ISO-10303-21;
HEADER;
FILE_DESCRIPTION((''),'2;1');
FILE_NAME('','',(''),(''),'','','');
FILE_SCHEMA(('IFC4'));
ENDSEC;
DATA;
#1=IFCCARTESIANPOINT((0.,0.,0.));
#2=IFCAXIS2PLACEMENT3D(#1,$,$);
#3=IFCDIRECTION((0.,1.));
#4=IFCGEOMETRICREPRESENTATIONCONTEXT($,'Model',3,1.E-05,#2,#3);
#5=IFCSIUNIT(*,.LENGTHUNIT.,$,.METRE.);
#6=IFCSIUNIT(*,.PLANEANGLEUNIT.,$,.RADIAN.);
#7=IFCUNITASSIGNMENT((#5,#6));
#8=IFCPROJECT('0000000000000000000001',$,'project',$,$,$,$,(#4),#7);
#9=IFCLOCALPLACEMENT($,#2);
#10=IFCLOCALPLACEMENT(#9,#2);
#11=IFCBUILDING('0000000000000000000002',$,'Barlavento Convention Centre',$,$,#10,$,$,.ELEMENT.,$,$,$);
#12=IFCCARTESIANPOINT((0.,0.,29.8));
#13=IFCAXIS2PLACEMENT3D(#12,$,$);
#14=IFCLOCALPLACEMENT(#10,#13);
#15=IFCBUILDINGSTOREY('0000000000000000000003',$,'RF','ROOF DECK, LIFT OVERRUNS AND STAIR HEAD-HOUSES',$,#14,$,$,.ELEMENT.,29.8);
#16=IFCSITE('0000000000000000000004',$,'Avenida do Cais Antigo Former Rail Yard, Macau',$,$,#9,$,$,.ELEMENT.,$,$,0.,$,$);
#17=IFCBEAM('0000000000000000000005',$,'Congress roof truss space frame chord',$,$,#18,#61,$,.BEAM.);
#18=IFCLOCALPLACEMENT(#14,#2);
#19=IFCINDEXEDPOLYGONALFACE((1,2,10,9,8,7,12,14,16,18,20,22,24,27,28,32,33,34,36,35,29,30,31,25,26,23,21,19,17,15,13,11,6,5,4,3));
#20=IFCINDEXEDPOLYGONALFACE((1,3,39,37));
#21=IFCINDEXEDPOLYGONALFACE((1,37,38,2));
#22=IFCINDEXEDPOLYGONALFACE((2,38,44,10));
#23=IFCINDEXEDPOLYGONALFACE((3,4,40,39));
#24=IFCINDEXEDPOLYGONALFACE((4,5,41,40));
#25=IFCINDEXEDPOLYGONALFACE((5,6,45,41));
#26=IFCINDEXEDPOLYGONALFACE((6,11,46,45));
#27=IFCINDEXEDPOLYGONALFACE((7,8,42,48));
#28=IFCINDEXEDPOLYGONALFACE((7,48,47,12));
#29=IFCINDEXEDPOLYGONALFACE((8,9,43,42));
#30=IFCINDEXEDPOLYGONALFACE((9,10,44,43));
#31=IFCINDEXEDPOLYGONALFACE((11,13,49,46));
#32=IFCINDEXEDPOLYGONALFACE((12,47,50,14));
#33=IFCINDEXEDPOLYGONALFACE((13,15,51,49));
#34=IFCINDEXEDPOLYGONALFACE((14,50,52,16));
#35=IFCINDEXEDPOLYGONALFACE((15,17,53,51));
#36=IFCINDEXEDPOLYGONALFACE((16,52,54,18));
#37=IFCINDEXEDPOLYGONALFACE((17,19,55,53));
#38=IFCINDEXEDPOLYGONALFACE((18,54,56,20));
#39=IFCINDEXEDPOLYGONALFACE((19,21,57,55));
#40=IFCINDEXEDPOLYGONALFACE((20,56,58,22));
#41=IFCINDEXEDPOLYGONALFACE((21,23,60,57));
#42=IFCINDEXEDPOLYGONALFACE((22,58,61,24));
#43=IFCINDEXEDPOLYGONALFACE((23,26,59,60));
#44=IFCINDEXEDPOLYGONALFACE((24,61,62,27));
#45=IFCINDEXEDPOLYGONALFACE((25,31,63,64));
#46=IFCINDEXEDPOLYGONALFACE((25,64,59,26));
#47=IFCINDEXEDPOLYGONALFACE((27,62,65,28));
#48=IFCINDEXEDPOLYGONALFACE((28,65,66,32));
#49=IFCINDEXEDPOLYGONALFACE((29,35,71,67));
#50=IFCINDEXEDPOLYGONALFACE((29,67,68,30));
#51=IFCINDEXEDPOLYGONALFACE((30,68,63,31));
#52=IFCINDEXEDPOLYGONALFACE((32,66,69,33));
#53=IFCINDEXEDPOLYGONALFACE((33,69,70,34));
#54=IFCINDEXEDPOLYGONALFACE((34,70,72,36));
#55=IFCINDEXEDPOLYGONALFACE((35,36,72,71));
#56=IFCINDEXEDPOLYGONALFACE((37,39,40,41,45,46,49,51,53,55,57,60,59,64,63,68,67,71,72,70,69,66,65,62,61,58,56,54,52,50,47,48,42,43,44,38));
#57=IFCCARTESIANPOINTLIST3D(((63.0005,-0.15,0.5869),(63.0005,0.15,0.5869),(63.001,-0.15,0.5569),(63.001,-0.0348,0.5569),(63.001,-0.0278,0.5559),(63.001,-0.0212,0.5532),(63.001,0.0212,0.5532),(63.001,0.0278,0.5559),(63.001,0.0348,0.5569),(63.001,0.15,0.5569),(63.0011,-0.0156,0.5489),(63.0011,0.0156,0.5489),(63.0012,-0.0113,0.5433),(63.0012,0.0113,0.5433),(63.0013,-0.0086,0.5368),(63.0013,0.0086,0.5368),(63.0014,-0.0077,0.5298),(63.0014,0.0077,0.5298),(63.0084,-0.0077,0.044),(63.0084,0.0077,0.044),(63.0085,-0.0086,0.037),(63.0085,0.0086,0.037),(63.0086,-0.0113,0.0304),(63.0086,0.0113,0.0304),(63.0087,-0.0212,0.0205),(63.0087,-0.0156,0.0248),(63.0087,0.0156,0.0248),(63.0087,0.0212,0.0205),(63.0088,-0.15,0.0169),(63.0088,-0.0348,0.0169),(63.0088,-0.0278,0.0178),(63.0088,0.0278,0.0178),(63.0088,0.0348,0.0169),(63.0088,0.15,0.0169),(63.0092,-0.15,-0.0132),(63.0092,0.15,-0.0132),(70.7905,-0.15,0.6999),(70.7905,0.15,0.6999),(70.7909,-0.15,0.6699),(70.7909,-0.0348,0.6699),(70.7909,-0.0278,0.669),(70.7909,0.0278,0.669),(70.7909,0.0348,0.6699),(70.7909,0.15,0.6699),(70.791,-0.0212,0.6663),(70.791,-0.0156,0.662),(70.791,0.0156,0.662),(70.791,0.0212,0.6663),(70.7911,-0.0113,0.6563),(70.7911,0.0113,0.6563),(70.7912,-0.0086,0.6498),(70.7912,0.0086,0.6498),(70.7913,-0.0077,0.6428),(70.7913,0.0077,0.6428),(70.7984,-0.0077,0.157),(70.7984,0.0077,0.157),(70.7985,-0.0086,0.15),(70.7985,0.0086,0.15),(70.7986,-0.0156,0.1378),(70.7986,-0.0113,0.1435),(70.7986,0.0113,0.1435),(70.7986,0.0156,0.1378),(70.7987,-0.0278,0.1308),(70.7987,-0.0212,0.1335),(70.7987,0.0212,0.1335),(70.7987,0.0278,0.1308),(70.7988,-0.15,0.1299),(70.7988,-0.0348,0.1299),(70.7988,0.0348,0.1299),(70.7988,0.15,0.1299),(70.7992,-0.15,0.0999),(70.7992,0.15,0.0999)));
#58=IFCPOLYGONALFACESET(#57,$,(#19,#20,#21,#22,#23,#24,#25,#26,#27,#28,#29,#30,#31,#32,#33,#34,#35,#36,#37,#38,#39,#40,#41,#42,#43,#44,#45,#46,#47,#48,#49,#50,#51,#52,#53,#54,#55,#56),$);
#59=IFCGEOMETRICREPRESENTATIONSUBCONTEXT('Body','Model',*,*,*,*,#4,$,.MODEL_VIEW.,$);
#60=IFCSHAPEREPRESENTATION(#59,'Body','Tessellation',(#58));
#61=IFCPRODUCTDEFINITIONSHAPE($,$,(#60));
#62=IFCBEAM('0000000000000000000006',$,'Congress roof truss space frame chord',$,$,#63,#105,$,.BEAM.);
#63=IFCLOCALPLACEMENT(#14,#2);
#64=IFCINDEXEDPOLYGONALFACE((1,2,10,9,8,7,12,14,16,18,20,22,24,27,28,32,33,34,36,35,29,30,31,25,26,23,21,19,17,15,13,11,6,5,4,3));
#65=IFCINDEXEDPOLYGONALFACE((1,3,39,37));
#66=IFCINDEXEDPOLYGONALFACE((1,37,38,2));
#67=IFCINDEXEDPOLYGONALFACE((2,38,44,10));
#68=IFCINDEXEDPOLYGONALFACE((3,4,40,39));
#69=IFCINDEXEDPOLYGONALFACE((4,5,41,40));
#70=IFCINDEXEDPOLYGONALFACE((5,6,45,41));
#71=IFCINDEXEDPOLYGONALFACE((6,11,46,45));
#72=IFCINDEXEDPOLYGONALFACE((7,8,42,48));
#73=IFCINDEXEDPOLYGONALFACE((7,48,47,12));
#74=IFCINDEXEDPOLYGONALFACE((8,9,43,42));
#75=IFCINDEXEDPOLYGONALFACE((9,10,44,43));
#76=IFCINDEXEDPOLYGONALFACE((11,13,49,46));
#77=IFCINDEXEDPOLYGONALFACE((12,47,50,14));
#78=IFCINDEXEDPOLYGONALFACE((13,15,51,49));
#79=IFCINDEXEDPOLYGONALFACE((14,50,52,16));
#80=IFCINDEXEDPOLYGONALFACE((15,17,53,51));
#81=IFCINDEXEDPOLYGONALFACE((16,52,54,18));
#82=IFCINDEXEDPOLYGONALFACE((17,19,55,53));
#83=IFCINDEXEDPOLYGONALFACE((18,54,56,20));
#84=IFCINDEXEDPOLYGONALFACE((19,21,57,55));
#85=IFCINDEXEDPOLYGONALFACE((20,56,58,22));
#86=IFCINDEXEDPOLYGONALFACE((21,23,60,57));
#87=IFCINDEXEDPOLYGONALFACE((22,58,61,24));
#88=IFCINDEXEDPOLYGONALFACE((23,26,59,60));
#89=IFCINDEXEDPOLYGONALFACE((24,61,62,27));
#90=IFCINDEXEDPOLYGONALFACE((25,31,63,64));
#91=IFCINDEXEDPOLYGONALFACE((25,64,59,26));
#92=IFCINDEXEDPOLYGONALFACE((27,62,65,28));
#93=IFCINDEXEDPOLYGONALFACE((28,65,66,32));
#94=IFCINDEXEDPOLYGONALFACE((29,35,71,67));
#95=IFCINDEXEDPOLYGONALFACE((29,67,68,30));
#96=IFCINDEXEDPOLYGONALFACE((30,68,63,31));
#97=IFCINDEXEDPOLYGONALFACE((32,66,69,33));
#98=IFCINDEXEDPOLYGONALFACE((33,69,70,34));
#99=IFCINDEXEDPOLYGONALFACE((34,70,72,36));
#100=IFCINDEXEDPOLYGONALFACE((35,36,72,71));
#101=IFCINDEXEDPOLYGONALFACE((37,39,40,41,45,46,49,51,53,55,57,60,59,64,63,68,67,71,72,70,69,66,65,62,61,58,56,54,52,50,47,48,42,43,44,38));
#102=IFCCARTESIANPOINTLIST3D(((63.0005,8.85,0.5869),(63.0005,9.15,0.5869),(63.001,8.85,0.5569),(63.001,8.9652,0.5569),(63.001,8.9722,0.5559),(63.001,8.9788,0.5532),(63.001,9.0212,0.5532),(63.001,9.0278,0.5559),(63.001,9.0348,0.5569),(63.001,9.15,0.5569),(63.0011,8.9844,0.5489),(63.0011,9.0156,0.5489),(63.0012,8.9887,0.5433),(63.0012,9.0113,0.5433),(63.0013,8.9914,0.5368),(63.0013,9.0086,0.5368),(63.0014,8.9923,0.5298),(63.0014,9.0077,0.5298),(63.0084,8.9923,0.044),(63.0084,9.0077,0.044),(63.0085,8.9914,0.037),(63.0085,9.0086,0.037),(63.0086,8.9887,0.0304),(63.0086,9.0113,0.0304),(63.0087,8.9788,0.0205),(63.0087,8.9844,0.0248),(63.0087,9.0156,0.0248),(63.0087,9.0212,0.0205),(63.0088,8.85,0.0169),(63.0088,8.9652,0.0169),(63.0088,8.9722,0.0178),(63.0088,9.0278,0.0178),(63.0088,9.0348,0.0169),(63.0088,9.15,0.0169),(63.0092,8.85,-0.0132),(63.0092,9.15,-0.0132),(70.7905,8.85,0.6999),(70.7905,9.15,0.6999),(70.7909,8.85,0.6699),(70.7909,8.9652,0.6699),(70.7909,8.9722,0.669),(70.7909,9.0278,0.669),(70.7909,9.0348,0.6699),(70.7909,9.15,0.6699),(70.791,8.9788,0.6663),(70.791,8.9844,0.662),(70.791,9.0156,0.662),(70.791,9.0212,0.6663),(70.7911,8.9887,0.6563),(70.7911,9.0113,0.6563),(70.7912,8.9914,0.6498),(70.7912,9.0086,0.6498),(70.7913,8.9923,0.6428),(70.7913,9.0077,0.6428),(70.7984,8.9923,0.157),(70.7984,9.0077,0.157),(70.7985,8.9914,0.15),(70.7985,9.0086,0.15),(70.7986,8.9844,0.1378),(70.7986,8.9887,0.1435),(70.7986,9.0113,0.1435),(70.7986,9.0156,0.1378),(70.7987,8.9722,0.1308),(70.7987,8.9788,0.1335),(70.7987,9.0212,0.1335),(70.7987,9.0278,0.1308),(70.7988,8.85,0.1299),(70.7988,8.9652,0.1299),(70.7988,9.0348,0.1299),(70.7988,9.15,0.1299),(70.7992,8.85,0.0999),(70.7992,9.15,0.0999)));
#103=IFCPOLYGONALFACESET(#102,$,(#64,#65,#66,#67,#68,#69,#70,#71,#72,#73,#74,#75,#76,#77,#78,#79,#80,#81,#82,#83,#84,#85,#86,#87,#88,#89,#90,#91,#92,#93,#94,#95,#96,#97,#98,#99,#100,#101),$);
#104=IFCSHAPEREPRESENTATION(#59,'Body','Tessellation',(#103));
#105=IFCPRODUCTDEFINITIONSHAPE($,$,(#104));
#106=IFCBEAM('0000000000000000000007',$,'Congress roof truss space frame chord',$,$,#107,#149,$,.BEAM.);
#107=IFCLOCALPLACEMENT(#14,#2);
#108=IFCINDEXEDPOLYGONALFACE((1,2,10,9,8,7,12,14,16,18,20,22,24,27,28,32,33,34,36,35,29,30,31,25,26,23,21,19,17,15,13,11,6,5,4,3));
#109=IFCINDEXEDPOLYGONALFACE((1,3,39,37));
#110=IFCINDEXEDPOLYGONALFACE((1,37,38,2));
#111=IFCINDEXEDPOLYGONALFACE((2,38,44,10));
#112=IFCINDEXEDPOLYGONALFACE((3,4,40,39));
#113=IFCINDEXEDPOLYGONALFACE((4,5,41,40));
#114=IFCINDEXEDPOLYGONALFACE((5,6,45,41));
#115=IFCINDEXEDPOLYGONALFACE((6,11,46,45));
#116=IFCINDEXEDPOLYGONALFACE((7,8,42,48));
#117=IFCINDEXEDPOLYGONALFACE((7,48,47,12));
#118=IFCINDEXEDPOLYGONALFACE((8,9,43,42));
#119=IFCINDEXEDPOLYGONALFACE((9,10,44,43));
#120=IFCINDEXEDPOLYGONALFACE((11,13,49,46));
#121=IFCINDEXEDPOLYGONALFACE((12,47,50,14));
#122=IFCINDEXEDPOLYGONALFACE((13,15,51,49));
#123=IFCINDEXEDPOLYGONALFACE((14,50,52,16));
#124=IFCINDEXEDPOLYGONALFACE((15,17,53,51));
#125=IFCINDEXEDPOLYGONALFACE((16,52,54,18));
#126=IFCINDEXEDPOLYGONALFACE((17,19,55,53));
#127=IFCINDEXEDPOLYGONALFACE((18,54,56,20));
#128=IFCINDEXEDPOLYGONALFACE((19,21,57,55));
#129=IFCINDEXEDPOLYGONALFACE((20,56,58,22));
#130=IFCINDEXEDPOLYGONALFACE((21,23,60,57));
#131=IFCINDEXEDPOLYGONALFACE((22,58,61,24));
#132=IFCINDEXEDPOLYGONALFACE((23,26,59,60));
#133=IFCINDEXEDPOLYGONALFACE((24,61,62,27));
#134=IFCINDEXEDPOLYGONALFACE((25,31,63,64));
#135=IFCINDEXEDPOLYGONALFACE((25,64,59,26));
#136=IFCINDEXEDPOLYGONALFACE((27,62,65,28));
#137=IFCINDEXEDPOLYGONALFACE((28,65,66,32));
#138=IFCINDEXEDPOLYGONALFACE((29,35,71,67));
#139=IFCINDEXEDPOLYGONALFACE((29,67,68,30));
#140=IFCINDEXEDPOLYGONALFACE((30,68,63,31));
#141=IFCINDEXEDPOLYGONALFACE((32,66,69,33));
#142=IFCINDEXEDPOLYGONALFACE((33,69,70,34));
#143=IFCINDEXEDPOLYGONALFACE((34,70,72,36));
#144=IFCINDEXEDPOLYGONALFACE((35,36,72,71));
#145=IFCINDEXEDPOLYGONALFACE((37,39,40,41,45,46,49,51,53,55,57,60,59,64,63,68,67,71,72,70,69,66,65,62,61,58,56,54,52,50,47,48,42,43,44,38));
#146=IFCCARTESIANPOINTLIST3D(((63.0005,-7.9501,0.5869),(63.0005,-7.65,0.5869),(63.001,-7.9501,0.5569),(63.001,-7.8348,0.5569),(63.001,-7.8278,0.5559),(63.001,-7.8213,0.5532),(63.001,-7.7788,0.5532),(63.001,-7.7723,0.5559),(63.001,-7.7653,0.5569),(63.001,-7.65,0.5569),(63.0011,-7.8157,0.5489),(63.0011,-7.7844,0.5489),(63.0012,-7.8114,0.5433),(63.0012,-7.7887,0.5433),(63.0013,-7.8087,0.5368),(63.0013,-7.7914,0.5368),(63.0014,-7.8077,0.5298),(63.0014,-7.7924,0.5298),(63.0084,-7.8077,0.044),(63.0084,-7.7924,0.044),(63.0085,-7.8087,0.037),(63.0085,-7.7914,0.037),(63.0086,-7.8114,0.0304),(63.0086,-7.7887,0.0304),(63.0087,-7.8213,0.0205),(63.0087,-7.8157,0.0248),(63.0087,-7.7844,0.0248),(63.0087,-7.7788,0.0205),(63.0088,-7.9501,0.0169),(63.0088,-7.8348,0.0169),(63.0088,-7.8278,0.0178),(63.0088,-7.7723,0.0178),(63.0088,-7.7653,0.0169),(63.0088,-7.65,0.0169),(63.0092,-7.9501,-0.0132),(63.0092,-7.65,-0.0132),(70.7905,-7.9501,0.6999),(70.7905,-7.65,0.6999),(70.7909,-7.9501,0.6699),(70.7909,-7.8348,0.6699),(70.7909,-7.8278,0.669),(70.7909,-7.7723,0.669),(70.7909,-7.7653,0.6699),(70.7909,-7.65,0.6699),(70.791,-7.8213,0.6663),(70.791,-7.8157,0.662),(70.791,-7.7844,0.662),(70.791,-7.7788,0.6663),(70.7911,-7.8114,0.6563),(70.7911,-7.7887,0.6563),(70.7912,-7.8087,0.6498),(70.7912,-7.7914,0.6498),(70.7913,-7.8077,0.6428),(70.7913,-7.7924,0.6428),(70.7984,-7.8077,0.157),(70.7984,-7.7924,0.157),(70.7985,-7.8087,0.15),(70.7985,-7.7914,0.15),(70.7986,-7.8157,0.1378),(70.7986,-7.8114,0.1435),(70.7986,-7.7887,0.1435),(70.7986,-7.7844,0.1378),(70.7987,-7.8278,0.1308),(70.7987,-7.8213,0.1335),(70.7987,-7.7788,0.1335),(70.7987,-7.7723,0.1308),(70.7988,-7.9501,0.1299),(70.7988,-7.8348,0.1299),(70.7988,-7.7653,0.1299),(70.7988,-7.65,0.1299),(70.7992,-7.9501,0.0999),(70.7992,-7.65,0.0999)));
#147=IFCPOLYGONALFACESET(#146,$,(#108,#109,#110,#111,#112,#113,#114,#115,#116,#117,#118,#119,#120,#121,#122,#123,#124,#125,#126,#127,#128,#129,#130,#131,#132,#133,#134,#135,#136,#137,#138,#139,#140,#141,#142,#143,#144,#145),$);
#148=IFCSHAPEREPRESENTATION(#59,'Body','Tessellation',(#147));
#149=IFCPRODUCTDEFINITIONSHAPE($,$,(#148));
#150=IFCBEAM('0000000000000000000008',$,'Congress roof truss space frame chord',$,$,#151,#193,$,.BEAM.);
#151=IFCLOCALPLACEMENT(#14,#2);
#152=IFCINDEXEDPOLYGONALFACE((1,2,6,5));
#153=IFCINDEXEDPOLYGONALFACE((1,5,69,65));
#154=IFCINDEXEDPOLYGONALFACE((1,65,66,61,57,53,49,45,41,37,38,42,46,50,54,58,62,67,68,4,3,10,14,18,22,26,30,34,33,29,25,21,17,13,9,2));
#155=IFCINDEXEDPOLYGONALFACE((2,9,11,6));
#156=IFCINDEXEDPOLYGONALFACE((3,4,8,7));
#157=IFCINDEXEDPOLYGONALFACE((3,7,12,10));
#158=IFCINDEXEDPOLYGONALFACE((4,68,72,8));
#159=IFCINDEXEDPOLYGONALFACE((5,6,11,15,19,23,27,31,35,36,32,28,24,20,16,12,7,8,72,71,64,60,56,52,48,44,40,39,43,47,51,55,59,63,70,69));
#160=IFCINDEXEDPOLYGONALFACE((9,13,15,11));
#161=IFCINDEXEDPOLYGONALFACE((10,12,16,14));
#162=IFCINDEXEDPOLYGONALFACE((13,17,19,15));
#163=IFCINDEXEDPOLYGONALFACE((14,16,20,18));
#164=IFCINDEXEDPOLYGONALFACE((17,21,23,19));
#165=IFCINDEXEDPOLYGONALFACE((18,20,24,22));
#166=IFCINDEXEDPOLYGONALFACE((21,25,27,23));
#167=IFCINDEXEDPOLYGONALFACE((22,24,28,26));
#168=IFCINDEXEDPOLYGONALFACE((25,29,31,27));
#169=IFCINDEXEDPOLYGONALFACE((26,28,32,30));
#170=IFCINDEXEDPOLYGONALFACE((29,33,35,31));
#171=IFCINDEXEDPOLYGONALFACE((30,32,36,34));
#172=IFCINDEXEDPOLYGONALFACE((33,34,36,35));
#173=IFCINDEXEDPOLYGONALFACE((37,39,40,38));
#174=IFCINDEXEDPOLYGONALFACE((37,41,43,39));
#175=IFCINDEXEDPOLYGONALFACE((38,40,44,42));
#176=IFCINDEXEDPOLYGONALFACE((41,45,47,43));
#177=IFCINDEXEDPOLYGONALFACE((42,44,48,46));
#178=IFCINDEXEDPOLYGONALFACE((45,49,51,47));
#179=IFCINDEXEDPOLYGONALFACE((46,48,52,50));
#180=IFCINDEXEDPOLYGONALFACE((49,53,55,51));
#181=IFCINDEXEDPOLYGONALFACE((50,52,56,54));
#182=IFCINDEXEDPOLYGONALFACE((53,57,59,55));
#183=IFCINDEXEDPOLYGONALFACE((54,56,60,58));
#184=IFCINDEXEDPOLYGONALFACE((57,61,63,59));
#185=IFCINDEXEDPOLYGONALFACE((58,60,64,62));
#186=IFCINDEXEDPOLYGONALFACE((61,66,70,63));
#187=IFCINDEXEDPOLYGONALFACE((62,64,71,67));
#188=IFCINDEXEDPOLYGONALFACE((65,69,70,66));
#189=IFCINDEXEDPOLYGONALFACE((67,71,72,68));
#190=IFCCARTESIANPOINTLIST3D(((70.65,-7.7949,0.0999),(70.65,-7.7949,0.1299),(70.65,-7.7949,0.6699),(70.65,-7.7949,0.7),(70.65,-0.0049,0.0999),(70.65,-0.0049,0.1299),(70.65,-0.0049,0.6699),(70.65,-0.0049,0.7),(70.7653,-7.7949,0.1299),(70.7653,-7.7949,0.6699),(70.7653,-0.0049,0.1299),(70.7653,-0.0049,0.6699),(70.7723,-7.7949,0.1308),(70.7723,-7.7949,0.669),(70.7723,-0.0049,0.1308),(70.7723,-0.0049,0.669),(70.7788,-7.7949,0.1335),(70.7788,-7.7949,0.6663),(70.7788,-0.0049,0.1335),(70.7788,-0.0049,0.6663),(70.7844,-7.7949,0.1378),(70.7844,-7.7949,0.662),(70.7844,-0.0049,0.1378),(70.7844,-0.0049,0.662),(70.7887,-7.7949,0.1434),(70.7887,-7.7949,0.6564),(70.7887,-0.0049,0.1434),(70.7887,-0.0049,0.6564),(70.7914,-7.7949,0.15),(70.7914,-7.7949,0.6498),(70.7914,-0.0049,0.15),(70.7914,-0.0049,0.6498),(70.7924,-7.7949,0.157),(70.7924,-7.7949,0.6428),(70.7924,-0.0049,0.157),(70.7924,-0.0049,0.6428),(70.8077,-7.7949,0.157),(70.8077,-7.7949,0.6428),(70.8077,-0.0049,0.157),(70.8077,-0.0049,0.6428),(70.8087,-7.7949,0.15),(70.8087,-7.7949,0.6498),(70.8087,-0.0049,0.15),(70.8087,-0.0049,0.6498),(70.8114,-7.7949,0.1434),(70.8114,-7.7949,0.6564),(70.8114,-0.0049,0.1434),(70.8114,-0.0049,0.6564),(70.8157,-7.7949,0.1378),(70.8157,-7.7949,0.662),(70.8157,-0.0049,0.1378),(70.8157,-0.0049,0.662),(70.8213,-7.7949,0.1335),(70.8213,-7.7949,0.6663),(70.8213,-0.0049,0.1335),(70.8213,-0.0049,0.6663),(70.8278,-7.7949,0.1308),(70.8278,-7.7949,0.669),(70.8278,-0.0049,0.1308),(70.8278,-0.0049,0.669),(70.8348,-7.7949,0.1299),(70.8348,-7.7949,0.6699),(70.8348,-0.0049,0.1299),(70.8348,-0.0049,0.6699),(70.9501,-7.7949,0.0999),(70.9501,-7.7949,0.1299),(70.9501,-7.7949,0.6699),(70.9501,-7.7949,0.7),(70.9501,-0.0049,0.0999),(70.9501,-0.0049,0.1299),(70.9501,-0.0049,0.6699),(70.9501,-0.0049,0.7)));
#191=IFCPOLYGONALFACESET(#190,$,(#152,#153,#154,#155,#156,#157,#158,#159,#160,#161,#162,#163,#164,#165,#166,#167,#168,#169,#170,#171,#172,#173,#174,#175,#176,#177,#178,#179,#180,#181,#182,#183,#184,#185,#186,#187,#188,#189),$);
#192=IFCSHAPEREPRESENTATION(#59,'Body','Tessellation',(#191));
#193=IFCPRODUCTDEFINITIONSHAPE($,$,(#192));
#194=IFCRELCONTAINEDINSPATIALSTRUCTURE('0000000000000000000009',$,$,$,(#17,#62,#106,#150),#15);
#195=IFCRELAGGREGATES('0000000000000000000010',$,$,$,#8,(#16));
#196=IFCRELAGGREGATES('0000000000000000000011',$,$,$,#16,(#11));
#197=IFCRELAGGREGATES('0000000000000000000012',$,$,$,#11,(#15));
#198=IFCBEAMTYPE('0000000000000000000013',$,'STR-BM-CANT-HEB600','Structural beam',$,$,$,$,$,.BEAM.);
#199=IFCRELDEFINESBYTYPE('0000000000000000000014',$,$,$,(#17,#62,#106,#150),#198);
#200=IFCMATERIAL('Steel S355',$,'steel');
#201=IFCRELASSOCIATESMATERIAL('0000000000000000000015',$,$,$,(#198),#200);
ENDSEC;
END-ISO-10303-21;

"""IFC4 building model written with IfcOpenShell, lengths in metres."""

from ifc_helpers import new_model, si_unit, direction, frame, origin, origin_2d, place, context, subcontext, project, spatial, i_section, extrude, material, material_profile, profile_set, type_object, element, save


model = new_model("IFC4")

# Units and contexts
model_context = context("Model", 3, precision=1e-05, world=origin(), true_north=direction((0.0, 1.0)))
body_context = subcontext(model_context, "Body", "Model", "MODEL_VIEW")
ifc_project = project(units=[si_unit("LENGTHUNIT", "METRE"), si_unit("PLANEANGLEUNIT", "RADIAN")], contexts=[model_context])

# Site, building, storey
site_placement = place(None, origin())
site = spatial("IfcSite", under=ifc_project, at=site_placement, Name="Avenida do Cais Antigo Former Rail Yard, Macau", CompositionType="ELEMENT", RefElevation=0.0)
building_placement = place(site_placement, origin())
building = spatial("IfcBuilding", under=site, at=building_placement, Name="Barlavento Convention Centre", CompositionType="ELEMENT")
storey_placement = place(building_placement, frame((0.0, 0.0, 29.8)))
storey = spatial("IfcBuildingStorey", under=building, at=storey_placement, Name="RF", Description="ROOF DECK, LIFT OVERRUNS AND STAIR HEAD-HOUSES", CompositionType="ELEMENT", Elevation=29.8)

# Beams
ifc_material_1 = material(Name="Steel S355", Category="steel")
ifc_material_profile_1 = material_profile(ifc_material_1, i_section(OverallWidth=0.3, OverallDepth=0.6001, WebThickness=0.0154, FlangeThickness=0.03, FilletRadius=0.0271, at=origin_2d()), Name="HEB 600")
ifc_profile_set_1 = profile_set([ifc_material_profile_1], Name="Steel S355")
beam_type = type_object("IfcBeamType", Name="STR-BM-CANT-HEB600", Description="Structural beam", PredefinedType="BEAM", material=ifc_profile_set_1)
for number, where, z_axis, x_axis, name in (
    (1, (63.0049, 0.0, 0.2869), (0.999895, 0.0, 0.014509), (0.0, 1.0, 0.0), "Congress roof truss space frame chord"),
    (2, (63.0049, 9.0, 0.2869), (0.999895, 0.0, 0.014509), (0.0, 1.0, 0.0), "Congress roof truss space frame chord"),
    (3, (63.0049, -7.8, 0.2869), (0.999895, 0.0, 0.014509), (0.0, 1.0, 0.0), "Congress roof truss space frame chord"),
):
    element("IfcBeam", number, at=place(storey_placement, frame(where, z_axis=z_axis, x_axis=x_axis)), inside=storey, type_object=beam_type, Name=name, PredefinedType="BEAM", context=body_context, shape_type="SweptSolid", body=[
        extrude(i_section(OverallWidth=0.3, OverallDepth=0.6001, WebThickness=0.0154, FlangeThickness=0.03, FilletRadius=0.0271, at=origin_2d()), origin(), (0.0, 0.0, 1.0), 7.7908),
    ])
beam_1_placement = place(storey_placement, frame((70.8, -7.7949, 0.3999), z_axis=(0.0, 1.0, 0.0), x_axis=(-1.0, 0.0, 0.0)))
element("IfcBeam", 4, at=beam_1_placement, inside=storey, type_object=beam_type, Name="Congress roof truss space frame chord", PredefinedType="BEAM", context=body_context, shape_type="SweptSolid", body=[
    extrude(i_section(OverallWidth=0.3, OverallDepth=0.6001, WebThickness=0.0154, FlangeThickness=0.03, FilletRadius=0.0271, at=origin_2d()), origin(), (0.0, 0.0, 1.0), 7.79),
])

save(model, "model.ifc")
